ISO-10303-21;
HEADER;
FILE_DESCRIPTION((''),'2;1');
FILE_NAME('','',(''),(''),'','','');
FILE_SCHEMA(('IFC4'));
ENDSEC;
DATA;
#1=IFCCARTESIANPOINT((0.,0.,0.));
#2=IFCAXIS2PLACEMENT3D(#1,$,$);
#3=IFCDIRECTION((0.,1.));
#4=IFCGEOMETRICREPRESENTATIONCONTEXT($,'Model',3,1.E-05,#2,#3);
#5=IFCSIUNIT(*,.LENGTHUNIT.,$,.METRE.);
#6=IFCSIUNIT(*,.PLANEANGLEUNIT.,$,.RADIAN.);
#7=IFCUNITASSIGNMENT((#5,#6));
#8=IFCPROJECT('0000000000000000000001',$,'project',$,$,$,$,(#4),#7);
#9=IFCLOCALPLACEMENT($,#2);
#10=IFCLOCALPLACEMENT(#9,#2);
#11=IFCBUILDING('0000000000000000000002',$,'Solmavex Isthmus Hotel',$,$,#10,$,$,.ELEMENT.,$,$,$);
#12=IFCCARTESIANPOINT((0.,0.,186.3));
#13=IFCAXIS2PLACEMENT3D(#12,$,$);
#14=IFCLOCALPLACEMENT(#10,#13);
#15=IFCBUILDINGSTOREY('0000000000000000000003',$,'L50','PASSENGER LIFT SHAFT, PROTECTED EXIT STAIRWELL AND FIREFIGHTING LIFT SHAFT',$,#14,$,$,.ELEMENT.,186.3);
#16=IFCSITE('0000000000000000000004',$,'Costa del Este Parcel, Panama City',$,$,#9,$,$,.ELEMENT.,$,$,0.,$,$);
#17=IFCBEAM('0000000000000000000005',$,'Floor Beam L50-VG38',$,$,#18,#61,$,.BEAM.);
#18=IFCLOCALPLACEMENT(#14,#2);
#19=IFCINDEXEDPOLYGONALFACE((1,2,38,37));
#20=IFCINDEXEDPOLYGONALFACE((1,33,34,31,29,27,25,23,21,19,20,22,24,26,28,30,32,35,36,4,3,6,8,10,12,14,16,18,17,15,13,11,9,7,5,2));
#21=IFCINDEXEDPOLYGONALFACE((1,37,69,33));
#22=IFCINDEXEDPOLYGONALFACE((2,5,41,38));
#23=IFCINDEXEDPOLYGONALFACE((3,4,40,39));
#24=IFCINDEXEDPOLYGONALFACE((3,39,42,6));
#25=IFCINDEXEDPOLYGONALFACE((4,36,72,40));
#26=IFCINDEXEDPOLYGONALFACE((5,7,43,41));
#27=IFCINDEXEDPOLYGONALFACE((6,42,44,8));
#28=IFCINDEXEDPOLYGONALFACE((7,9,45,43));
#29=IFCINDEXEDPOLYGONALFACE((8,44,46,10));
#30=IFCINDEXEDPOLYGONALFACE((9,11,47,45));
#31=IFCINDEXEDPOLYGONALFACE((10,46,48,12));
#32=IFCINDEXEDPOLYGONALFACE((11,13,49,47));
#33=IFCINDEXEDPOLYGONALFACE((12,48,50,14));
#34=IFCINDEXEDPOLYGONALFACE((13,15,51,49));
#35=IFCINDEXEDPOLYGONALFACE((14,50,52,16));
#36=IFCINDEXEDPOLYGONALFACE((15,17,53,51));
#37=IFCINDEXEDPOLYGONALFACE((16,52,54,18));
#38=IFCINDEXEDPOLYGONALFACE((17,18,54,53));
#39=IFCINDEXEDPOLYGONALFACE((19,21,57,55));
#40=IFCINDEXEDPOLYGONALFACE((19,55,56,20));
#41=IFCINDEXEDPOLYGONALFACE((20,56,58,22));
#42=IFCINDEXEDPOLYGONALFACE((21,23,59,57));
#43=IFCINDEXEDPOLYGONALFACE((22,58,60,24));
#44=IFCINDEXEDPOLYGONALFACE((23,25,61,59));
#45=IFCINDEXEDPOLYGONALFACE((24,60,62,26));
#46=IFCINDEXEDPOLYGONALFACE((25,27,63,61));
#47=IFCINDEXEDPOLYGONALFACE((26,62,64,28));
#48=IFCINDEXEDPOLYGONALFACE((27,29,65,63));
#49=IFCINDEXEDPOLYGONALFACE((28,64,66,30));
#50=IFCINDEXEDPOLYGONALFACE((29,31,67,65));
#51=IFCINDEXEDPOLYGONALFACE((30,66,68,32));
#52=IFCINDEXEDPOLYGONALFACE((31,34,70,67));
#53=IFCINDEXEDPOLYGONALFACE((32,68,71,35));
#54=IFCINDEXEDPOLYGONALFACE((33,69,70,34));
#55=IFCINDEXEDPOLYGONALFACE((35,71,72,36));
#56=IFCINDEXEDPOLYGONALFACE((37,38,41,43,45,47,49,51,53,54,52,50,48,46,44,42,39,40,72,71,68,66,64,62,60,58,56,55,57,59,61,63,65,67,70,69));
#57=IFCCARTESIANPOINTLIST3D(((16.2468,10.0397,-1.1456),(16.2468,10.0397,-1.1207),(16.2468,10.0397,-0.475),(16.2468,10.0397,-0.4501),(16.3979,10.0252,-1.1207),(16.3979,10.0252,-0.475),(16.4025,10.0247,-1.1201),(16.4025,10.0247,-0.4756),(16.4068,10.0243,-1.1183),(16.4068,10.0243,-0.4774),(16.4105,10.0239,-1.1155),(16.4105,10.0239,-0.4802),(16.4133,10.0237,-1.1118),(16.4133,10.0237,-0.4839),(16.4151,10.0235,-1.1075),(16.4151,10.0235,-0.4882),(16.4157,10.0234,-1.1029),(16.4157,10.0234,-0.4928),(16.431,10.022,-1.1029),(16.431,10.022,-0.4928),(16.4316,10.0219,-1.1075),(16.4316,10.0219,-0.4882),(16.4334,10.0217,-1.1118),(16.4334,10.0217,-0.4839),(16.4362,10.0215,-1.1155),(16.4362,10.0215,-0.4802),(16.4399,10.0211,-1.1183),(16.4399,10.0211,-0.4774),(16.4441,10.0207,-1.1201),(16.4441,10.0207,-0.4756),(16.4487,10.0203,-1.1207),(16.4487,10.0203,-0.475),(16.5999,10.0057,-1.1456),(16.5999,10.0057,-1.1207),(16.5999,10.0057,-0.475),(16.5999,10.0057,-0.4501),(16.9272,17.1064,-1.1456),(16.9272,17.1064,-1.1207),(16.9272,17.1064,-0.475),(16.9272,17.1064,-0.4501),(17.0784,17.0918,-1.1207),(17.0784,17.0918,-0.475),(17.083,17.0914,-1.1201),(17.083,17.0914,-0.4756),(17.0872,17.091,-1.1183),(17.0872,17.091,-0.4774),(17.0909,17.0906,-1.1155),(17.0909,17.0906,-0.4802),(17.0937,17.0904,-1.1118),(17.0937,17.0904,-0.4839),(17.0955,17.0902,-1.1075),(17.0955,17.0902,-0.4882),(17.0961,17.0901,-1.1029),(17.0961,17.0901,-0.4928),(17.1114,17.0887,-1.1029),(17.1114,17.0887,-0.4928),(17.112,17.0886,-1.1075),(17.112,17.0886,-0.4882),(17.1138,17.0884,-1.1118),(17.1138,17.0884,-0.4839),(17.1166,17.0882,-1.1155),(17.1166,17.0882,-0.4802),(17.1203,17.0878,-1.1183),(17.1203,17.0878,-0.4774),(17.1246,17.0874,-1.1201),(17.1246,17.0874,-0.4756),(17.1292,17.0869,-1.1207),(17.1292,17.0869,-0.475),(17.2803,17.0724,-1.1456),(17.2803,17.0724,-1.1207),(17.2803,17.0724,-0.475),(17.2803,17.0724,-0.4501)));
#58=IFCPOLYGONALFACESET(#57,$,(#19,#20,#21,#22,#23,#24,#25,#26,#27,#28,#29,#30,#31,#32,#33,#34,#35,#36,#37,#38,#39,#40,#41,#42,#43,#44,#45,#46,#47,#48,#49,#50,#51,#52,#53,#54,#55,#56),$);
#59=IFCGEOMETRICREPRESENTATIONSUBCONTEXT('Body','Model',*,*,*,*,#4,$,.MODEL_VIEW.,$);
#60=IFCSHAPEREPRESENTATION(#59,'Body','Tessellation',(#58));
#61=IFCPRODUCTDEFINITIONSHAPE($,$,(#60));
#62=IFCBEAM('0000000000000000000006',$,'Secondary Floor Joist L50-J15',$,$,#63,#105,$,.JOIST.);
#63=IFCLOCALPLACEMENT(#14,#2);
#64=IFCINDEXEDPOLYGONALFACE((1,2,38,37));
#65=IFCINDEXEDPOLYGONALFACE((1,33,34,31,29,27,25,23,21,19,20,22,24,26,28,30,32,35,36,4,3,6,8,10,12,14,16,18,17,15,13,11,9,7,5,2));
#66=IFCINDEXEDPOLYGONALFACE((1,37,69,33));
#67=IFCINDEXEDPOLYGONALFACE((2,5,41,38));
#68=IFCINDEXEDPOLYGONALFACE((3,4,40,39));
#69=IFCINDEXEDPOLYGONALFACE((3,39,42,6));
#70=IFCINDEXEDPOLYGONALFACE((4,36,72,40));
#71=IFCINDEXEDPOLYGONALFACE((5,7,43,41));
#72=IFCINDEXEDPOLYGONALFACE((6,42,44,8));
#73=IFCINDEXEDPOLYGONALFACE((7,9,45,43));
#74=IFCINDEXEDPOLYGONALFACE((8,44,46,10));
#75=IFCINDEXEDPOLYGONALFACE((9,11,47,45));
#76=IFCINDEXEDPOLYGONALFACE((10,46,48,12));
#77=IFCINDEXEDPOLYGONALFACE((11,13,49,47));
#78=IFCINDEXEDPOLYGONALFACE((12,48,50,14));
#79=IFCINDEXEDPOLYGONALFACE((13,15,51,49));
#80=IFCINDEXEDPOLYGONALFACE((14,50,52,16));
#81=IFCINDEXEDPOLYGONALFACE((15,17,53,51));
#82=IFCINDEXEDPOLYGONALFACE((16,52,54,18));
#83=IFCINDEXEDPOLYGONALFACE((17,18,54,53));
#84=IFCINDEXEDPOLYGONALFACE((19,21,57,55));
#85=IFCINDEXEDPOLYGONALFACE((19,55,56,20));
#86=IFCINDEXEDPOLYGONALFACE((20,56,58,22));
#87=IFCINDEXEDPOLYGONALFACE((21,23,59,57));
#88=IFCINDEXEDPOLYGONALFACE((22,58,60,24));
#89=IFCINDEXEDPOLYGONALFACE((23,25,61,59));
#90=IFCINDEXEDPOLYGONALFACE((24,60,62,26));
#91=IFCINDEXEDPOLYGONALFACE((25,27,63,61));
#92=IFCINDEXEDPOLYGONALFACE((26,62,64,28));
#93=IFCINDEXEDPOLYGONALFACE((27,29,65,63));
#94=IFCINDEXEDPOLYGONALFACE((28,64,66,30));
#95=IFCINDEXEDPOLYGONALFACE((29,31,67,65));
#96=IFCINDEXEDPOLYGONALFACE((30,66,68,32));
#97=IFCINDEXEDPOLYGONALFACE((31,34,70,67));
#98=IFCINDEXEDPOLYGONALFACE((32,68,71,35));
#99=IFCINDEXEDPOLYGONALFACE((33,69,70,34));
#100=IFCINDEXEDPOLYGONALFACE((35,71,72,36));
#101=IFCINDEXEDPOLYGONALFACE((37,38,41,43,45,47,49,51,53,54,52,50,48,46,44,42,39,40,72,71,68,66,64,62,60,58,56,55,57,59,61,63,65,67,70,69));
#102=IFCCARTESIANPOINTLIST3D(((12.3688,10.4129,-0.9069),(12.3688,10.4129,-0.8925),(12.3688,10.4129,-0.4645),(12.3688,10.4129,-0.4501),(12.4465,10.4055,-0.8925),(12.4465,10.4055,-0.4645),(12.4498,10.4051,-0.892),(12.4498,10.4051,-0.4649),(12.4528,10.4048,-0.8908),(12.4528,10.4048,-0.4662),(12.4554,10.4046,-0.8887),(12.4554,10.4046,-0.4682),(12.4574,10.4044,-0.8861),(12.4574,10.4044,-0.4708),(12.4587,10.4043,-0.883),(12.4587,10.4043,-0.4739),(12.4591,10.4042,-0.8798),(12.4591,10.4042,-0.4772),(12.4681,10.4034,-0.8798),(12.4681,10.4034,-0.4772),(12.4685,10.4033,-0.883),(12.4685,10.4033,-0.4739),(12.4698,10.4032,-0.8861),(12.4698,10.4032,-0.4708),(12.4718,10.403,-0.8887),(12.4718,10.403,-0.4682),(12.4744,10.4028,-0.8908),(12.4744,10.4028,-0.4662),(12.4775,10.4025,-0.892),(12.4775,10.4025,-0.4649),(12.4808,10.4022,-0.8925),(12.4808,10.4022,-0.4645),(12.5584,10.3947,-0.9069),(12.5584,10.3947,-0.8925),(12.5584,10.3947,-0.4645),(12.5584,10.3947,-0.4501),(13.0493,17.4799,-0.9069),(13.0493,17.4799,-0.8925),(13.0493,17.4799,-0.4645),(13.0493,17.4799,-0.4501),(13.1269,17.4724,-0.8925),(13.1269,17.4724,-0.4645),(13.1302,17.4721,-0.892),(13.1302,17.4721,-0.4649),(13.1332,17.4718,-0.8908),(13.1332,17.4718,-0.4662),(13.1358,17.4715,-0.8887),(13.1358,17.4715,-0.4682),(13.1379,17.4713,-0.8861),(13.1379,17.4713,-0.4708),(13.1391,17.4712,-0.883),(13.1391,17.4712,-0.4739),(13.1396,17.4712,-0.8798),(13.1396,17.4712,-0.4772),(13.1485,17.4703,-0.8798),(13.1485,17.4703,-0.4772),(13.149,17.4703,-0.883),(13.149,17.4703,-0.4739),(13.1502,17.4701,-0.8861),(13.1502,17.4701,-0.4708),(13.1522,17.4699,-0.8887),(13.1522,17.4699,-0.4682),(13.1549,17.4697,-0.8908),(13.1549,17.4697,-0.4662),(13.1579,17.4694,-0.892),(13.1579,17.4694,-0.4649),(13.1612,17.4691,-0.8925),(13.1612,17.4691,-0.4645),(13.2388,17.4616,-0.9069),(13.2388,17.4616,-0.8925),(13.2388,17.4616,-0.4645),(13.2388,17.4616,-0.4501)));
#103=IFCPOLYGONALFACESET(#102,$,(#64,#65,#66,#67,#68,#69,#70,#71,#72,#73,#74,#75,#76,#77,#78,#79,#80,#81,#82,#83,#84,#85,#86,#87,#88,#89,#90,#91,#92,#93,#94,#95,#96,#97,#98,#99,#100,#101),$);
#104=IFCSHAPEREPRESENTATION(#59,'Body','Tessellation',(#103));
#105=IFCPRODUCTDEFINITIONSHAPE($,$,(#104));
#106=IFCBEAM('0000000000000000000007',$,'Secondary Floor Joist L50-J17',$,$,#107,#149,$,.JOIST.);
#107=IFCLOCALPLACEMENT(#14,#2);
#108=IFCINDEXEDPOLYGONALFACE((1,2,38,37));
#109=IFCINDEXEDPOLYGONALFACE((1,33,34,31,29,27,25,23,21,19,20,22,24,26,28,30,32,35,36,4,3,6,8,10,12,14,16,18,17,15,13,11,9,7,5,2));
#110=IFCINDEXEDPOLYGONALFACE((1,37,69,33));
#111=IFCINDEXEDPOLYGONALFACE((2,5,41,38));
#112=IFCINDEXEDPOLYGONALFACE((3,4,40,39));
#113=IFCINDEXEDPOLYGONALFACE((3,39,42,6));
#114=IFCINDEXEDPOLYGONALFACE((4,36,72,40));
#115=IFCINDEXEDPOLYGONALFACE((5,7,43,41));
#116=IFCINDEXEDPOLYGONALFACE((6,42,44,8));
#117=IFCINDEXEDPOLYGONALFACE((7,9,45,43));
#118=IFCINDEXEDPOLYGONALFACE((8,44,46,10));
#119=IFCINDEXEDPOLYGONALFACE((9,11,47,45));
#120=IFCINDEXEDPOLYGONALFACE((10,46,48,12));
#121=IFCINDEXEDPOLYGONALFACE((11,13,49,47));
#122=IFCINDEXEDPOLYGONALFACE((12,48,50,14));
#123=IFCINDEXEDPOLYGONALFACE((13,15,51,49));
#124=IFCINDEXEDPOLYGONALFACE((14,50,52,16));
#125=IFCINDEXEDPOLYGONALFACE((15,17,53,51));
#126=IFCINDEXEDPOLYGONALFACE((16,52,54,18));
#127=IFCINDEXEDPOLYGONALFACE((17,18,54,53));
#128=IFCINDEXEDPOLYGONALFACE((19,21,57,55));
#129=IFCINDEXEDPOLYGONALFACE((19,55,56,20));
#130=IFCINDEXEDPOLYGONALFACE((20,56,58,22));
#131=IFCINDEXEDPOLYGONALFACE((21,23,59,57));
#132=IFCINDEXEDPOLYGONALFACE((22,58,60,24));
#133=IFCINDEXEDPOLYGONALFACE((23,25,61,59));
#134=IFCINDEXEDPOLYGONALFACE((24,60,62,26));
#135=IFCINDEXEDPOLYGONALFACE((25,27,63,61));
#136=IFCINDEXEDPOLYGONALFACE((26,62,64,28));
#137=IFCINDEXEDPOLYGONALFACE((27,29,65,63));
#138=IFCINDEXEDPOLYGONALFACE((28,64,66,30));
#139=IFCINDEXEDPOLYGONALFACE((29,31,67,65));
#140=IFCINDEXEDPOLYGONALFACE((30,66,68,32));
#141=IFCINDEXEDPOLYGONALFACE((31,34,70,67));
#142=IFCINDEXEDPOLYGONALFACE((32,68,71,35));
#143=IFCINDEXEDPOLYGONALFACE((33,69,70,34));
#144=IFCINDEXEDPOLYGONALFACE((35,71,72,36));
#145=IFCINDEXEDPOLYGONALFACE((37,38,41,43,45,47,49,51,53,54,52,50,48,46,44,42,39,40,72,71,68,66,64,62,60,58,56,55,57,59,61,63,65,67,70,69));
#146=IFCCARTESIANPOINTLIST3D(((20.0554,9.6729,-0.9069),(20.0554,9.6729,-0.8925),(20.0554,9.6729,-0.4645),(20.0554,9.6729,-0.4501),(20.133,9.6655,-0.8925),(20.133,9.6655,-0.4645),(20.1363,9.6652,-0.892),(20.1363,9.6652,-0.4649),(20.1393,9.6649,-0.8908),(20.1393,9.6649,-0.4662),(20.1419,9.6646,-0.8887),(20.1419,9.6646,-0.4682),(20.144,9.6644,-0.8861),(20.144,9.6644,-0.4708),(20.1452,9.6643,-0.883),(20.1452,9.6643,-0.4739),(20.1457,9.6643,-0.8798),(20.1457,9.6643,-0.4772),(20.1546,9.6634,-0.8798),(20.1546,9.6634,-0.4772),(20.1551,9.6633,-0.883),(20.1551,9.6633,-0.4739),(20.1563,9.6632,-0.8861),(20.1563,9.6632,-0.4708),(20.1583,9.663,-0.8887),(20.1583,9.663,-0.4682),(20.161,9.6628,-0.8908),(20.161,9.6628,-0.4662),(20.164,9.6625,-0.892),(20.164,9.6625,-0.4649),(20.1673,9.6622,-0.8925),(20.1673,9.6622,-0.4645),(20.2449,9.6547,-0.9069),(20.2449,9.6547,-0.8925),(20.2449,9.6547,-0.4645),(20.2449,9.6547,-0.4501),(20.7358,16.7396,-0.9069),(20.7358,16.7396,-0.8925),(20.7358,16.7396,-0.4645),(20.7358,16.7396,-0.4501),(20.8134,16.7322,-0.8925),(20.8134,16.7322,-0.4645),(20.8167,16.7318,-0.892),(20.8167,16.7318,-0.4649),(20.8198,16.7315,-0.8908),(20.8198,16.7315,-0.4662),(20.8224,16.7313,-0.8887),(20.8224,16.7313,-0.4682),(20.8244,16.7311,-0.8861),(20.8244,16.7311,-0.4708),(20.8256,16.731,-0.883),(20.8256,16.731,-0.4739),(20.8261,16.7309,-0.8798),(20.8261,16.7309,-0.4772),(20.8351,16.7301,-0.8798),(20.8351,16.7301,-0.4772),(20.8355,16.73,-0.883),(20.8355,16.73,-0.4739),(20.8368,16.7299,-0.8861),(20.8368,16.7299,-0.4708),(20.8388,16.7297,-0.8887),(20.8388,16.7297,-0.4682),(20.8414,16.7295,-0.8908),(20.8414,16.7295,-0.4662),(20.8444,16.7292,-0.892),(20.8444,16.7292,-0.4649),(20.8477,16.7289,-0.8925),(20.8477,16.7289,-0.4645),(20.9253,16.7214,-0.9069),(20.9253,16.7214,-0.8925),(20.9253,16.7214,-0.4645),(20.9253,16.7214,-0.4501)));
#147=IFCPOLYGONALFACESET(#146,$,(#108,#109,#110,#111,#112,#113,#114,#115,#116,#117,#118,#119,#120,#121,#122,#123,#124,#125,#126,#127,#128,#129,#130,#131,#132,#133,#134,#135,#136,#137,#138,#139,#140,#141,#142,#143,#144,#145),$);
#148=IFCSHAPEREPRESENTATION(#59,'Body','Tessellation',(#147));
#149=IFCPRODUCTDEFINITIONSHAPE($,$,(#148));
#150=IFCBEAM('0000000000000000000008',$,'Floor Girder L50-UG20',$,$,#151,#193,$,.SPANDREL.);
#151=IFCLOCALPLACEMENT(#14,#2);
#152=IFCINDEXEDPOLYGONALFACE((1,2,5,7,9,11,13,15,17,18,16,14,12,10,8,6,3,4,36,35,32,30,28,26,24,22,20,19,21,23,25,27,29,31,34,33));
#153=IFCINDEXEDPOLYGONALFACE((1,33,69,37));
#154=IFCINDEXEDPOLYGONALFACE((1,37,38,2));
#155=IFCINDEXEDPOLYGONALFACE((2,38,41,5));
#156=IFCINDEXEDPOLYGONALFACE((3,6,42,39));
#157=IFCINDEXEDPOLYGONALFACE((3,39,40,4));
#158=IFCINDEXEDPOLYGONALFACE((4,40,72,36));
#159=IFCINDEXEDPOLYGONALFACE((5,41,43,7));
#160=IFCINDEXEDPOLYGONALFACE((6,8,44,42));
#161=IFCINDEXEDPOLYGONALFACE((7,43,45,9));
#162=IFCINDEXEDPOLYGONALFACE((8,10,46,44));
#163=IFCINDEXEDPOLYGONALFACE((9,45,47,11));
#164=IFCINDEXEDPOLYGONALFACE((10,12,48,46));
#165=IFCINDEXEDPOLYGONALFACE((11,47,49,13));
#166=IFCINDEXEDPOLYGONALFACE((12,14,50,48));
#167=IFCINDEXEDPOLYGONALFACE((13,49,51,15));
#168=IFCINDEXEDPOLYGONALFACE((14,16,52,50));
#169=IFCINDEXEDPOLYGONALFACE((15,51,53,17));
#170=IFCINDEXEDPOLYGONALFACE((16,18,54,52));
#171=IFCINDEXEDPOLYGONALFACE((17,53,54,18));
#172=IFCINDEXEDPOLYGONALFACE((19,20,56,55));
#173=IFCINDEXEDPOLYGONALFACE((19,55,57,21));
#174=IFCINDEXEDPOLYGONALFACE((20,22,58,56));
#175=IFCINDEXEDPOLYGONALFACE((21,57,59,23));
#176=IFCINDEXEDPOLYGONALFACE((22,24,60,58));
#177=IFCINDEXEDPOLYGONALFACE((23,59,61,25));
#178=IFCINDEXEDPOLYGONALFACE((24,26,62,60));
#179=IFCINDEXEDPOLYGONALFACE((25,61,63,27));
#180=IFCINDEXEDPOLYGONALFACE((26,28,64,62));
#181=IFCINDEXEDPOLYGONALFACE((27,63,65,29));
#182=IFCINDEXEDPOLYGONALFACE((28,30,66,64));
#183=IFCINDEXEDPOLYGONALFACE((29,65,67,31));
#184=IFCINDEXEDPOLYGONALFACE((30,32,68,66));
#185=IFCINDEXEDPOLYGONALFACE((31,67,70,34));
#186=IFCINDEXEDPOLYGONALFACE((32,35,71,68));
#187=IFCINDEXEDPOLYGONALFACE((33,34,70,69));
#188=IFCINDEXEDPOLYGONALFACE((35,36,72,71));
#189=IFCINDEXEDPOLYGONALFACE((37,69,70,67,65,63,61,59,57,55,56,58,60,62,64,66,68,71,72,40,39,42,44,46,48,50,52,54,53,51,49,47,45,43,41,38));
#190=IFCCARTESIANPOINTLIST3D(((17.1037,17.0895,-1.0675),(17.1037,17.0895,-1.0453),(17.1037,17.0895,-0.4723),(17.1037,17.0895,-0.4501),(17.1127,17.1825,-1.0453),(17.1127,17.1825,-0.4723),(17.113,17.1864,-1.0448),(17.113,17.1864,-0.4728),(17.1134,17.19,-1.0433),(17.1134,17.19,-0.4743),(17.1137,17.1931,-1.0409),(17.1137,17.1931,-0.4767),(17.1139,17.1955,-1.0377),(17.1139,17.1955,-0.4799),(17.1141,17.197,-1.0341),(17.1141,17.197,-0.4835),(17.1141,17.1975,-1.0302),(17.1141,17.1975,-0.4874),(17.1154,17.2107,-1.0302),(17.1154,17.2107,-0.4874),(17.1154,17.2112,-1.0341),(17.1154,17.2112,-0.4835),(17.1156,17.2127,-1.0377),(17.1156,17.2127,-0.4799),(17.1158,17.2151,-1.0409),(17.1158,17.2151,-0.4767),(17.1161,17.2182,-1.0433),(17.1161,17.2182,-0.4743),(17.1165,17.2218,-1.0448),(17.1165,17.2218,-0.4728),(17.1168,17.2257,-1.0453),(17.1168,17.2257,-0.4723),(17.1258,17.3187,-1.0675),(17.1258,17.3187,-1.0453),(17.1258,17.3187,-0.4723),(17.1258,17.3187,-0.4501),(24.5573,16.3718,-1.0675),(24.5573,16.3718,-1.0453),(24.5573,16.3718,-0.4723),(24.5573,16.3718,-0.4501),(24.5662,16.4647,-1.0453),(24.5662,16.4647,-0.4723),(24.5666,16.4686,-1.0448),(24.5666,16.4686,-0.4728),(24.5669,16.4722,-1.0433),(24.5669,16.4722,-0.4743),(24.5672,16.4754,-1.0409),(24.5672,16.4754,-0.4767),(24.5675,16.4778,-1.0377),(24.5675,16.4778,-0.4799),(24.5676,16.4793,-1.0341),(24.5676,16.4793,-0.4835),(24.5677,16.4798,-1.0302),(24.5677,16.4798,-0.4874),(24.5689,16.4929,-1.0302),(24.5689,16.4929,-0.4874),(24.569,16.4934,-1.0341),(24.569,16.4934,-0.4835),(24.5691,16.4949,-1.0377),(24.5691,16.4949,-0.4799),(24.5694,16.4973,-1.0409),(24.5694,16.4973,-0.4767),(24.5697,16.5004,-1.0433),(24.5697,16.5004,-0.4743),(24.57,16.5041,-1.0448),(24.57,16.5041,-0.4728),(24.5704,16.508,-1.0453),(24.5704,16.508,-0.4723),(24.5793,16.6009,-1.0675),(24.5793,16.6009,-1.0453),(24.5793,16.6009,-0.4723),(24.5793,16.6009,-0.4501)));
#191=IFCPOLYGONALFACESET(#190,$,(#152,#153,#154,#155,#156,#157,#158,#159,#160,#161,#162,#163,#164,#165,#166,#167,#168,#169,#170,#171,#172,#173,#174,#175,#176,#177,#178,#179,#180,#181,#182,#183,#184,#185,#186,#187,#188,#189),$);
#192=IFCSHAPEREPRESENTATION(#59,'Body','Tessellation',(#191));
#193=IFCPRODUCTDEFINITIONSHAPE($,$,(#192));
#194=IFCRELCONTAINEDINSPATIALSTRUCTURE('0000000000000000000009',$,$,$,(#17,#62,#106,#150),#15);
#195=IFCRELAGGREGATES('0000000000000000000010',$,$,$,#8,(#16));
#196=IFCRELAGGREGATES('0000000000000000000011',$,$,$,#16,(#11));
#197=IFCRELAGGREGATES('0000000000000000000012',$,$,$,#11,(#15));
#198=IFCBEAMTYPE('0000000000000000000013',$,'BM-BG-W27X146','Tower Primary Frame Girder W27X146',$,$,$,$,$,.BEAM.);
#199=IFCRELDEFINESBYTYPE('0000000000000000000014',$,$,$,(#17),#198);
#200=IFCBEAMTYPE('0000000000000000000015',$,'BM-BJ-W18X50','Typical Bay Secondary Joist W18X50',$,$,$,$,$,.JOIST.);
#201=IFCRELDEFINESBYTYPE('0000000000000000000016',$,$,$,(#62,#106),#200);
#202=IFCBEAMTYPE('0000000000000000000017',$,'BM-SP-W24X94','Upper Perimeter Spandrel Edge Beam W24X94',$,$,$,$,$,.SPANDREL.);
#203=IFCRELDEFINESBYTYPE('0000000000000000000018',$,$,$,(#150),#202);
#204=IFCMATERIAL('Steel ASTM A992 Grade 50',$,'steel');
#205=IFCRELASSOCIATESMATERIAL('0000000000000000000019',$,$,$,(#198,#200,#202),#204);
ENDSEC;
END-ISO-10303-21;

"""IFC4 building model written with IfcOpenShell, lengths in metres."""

from ifc_helpers import new_model, si_unit, direction, frame, origin, origin_2d, place, context, subcontext, project, spatial, i_section, extrude, material, material_profile, profile_set, type_object, element, save


model = new_model("IFC4")

# Units and contexts
model_context = context("Model", 3, precision=1e-05, world=origin(), true_north=direction((0.0, 1.0)))
body_context = subcontext(model_context, "Body", "Model", "MODEL_VIEW")
ifc_project = project(units=[si_unit("LENGTHUNIT", "METRE"), si_unit("PLANEANGLEUNIT", "RADIAN")], contexts=[model_context])

# Site, building, storey
site_placement = place(None, origin())
site = spatial("IfcSite", under=ifc_project, at=site_placement, Name="Costa del Este Parcel, Panama City", CompositionType="ELEMENT", RefElevation=0.0)
building_placement = place(site_placement, origin())
building = spatial("IfcBuilding", under=site, at=building_placement, Name="Solmavex Isthmus Hotel", CompositionType="ELEMENT")
storey_placement = place(building_placement, frame((0.0, 0.0, 186.3)))
storey = spatial("IfcBuildingStorey", under=building, at=storey_placement, Name="L50", Description="PASSENGER LIFT SHAFT, PROTECTED EXIT STAIRWELL AND FIREFIGHTING LIFT SHAFT", CompositionType="ELEMENT", Elevation=186.3)

# Beams
ifc_material_1 = material(Name="Steel ASTM A992 Grade 50", Category="steel")
ifc_material_profile_1 = material_profile(ifc_material_1, i_section(OverallWidth=0.3547, OverallDepth=0.6956, WebThickness=0.0154, FlangeThickness=0.0249, FilletRadius=0.0178, at=origin_2d()), Name="W27X146")
ifc_profile_set_1 = profile_set([ifc_material_profile_1], Name="Steel ASTM A992 Grade 50")
beam_type_1 = type_object("IfcBeamType", Name="BM-BG-W27X146", Description="Tower Primary Frame Girder W27X146", PredefinedType="BEAM", material=ifc_profile_set_1)
beam_1_placement = place(storey_placement, frame((16.4233, 10.0227, -0.7979), z_axis=(0.095843, 0.995396, 0.0), x_axis=(-0.995396, 0.095843, 0.0)))
element("IfcBeam", 1, at=beam_1_placement, inside=storey, type_object=beam_type_1, Name="Floor Beam L50-VG38", PredefinedType="BEAM", context=body_context, shape_type="SweptSolid", body=[
    extrude(i_section(OverallWidth=0.3547, OverallDepth=0.6956, WebThickness=0.0154, FlangeThickness=0.0249, FilletRadius=0.0178, at=origin_2d()), origin(), (0.0, 0.0, 1.0), 7.0994),
])
ifc_material_profile_2 = material_profile(ifc_material_1, i_section(OverallWidth=0.1904, OverallDepth=0.4568, WebThickness=0.009, FlangeThickness=0.0144, FilletRadius=0.0127, at=origin_2d()), Name="W18X50")
ifc_profile_set_2 = profile_set([ifc_material_profile_2], Name="Steel ASTM A992 Grade 50")
beam_type_2 = type_object("IfcBeamType", Name="BM-BJ-W18X50", Description="Typical Bay Secondary Joist W18X50", PredefinedType="JOIST", material=ifc_profile_set_2)
beam_2_placement = place(storey_placement, frame((12.4636, 10.4038, -0.6785), z_axis=(0.09584, 0.995397, 0.0), x_axis=(-0.995397, 0.09584, 0.0)))
element("IfcBeam", 2, at=beam_2_placement, inside=storey, type_object=beam_type_2, Name="Secondary Floor Joist L50-J15", PredefinedType="JOIST", context=body_context, shape_type="SweptSolid", body=[
    extrude(i_section(OverallWidth=0.1904, OverallDepth=0.4568, WebThickness=0.009, FlangeThickness=0.0144, FilletRadius=0.0127, at=origin_2d()), origin(), (0.0, 0.0, 1.0), 7.0996),
])
beam_3_placement = place(storey_placement, frame((20.1501, 9.6638, -0.6785), z_axis=(0.095843, 0.995396, 0.0), x_axis=(-0.995396, 0.095843, 0.0)))
element("IfcBeam", 3, at=beam_3_placement, inside=storey, type_object=beam_type_2, Name="Secondary Floor Joist L50-J17", PredefinedType="JOIST", context=body_context, shape_type="SweptSolid", body=[
    extrude(i_section(OverallWidth=0.1904, OverallDepth=0.4568, WebThickness=0.009, FlangeThickness=0.0144, FilletRadius=0.0127, at=origin_2d()), origin(), (0.0, 0.0, 1.0), 7.0994),
])
ifc_material_profile_3 = material_profile(ifc_material_1, i_section(OverallWidth=0.2302, OverallDepth=0.6174, WebThickness=0.0132, FlangeThickness=0.0222, FilletRadius=0.0151, at=origin_2d()), Name="W24X94")
ifc_profile_set_3 = profile_set([ifc_material_profile_3], Name="Steel ASTM A992 Grade 50")
beam_type_3 = type_object("IfcBeamType", Name="BM-SP-W24X94", Description="Upper Perimeter Spandrel Edge Beam W24X94", PredefinedType="SPANDREL", material=ifc_profile_set_3)
beam_4_placement = place(storey_placement, frame((17.1147, 17.2041, -0.7588), z_axis=(0.995395, -0.095855, 0.0), x_axis=(0.095855, 0.995395, 0.0)))
element("IfcBeam", 4, at=beam_4_placement, inside=storey, type_object=beam_type_3, Name="Floor Girder L50-UG20", PredefinedType="SPANDREL", context=body_context, shape_type="SweptSolid", body=[
    extrude(i_section(OverallWidth=0.2302, OverallDepth=0.6174, WebThickness=0.0132, FlangeThickness=0.0222, FilletRadius=0.0151, at=origin_2d()), origin(), (0.0, 0.0, 1.0), 7.488),
])

save(model, "model.ifc")
